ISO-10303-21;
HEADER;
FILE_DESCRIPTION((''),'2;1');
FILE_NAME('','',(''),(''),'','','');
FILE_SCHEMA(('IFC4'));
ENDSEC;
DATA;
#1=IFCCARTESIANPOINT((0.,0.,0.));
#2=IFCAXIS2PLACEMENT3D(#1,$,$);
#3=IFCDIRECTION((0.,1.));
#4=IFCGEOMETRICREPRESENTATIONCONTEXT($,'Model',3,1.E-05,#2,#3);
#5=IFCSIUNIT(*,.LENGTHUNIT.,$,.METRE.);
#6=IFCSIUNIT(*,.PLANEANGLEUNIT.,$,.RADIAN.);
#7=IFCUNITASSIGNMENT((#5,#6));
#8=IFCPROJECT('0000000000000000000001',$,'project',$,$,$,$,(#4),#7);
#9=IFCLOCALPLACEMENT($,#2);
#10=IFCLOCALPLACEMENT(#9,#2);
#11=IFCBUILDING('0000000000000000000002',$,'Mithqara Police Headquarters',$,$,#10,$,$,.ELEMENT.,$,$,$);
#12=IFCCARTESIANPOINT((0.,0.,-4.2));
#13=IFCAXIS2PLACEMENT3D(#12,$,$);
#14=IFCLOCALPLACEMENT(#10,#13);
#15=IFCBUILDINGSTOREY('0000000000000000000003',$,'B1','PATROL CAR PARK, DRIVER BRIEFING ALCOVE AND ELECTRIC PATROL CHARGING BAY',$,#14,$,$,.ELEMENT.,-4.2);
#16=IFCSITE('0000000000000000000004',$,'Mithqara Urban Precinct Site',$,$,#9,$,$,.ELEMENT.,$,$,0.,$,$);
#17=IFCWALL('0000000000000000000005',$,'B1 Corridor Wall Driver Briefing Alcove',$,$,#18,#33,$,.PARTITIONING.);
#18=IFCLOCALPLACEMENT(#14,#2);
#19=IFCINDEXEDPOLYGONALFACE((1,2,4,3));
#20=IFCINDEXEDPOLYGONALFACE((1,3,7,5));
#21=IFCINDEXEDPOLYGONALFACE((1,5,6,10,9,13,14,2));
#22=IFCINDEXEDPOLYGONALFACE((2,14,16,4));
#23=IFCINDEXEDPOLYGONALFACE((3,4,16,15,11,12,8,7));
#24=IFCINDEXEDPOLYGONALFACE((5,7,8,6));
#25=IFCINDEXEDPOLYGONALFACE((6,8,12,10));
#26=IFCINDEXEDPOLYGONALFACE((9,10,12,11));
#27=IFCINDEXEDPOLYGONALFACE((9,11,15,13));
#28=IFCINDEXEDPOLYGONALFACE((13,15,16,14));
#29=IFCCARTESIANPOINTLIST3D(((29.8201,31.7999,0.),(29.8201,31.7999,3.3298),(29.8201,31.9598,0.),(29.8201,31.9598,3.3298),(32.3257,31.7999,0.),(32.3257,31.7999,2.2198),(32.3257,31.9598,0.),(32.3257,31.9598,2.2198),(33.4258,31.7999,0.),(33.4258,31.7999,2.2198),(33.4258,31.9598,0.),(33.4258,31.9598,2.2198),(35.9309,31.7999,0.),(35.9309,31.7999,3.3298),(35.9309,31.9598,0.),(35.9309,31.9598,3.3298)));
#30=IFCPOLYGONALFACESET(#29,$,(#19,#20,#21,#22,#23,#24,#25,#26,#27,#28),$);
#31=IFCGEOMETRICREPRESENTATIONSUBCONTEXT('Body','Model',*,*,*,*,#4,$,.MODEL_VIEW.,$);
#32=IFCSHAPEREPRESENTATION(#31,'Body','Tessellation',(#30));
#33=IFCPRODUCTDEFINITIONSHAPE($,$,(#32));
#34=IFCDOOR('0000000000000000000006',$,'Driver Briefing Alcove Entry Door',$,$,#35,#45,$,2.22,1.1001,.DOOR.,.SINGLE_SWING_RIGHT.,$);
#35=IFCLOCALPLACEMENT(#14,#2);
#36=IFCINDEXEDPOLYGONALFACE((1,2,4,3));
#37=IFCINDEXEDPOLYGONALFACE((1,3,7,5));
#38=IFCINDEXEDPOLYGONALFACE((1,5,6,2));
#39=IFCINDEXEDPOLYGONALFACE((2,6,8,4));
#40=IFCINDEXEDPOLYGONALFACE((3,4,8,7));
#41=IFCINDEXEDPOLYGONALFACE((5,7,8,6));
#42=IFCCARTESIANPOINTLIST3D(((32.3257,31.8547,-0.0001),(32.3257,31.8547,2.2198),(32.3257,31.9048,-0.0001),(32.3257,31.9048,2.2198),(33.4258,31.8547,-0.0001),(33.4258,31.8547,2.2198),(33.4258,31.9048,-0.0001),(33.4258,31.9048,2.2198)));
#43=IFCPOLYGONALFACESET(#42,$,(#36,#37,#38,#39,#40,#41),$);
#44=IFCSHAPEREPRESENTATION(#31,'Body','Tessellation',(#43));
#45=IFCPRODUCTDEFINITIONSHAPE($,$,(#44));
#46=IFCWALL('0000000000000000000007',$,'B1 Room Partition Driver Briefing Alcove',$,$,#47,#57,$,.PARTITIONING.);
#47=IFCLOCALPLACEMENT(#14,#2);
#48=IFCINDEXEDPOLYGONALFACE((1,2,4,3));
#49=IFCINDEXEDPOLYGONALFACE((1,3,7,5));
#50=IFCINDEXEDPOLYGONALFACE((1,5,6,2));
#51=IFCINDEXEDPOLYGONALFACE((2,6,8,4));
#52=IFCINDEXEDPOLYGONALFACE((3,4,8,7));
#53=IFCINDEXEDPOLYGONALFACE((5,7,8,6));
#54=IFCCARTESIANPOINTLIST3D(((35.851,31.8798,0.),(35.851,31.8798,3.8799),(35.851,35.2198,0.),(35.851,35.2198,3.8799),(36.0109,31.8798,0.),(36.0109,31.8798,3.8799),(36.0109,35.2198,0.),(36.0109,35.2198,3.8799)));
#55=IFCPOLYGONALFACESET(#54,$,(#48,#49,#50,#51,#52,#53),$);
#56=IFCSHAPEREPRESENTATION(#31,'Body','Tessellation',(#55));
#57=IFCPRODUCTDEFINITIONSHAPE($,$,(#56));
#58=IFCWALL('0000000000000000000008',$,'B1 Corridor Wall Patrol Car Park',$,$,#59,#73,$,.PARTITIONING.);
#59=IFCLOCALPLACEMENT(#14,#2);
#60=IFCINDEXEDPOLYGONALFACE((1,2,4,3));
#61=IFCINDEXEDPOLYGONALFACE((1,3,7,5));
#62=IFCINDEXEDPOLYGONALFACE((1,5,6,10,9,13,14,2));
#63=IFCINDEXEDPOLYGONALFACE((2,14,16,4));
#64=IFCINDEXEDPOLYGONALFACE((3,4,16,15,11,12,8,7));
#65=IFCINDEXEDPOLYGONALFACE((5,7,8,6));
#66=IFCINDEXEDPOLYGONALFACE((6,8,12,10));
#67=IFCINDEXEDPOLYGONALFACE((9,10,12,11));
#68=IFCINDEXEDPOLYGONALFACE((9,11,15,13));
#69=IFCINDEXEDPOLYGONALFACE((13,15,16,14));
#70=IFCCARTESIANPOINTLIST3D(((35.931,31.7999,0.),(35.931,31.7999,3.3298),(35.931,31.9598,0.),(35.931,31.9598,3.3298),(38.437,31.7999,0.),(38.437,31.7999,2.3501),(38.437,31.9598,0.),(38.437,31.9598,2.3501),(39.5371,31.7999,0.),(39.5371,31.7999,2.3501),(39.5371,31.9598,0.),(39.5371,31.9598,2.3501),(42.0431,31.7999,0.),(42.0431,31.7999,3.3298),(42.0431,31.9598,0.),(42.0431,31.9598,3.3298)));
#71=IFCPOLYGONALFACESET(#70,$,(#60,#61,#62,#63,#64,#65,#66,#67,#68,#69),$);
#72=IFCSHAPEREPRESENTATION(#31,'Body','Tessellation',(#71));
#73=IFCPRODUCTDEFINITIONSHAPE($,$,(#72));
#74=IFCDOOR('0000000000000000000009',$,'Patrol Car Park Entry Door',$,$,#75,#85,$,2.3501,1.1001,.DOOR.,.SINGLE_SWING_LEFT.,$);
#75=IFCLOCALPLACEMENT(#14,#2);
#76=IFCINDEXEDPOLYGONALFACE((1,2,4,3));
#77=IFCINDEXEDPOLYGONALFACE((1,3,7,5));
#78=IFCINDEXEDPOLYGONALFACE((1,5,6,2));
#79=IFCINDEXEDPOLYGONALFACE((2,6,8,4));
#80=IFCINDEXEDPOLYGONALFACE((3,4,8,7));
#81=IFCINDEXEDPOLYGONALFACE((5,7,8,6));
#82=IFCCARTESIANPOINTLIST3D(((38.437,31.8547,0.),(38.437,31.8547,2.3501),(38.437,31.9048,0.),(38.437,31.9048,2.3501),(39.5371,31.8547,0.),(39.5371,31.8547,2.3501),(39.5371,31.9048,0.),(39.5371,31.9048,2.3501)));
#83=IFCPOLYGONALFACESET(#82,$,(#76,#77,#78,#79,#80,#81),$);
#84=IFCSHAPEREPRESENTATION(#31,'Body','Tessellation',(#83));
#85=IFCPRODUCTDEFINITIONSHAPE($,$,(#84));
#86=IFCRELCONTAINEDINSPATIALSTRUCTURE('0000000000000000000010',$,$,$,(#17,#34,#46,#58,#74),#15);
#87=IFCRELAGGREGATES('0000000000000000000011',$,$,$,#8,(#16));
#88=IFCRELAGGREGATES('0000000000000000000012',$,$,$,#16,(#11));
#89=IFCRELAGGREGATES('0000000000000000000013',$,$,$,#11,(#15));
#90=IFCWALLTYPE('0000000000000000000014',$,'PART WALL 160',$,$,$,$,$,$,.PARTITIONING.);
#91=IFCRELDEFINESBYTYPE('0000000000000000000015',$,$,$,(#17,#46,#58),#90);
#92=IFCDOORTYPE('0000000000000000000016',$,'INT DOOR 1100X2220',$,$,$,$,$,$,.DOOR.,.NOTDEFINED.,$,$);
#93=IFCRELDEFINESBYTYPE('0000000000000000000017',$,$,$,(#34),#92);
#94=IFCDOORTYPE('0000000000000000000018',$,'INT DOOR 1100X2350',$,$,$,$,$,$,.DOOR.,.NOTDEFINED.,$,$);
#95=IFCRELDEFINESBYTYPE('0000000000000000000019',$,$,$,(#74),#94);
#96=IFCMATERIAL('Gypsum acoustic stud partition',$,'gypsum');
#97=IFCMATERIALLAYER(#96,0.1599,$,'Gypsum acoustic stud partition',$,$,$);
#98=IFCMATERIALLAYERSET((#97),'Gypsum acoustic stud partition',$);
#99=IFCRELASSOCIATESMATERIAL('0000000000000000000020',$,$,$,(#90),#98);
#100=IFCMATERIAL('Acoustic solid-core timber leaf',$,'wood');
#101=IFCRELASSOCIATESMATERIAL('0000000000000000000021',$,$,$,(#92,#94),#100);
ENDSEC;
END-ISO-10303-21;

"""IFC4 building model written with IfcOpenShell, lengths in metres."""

from ifc_helpers import new_model, si_unit, direction, frame, frame_2d, origin, place, context, subcontext, project, spatial, rectangle, extrude, material, layer, layer_set, type_object, element, fill, save


model = new_model("IFC4")

# Units and contexts
model_context = context("Model", 3, precision=1e-05, world=origin(), true_north=direction((0.0, 1.0)))
body_context = subcontext(model_context, "Body", "Model", "MODEL_VIEW")
ifc_project = project(units=[si_unit("LENGTHUNIT", "METRE"), si_unit("PLANEANGLEUNIT", "RADIAN")], contexts=[model_context])

# Site, building, storey
site_placement = place(None, origin())
site = spatial("IfcSite", under=ifc_project, at=site_placement, Name="Mithqara Urban Precinct Site", CompositionType="ELEMENT", RefElevation=0.0)
building_placement = place(site_placement, origin())
building = spatial("IfcBuilding", under=site, at=building_placement, Name="Mithqara Police Headquarters", CompositionType="ELEMENT")
storey_placement = place(building_placement, frame((0.0, 0.0, -4.2)))
storey = spatial("IfcBuildingStorey", under=building, at=storey_placement, Name="B1", Description="PATROL CAR PARK, DRIVER BRIEFING ALCOVE AND ELECTRIC PATROL CHARGING BAY", CompositionType="ELEMENT", Elevation=-4.2)

# Wall, opening, door
ifc_material_1 = material(Name="Gypsum acoustic stud partition", Category="gypsum")
ifc_layer = layer(ifc_material_1, 0.1599, Name="Gypsum acoustic stud partition")
ifc_layer_set = layer_set([ifc_layer], Name="Gypsum acoustic stud partition")
wall_type = type_object("IfcWallType", Name="PART WALL 160", PredefinedType="PARTITIONING", material=ifc_layer_set)
wall_1_placement = place(storey_placement, frame((29.8201, 31.8799, 0.0), z_axis=(0.0, 0.0, 1.0), x_axis=(1.0, 0.0, 0.0)))
wall_1 = element("IfcWall", 1, at=wall_1_placement, inside=storey, type_object=wall_type, Name="B1 Corridor Wall Driver Briefing Alcove", PredefinedType="PARTITIONING", context=body_context, shape_type="SweptSolid", body=[
    extrude(rectangle(XDim=6.1108, YDim=0.1599, at=frame_2d((3.0554, 0.0))), origin(), (0.0, 0.0, 1.0), 3.3298),
])
opening_1_placement = place(wall_1_placement, frame((2.5056, 0.0, 0.0)))
opening_1 = element("IfcOpeningElement", 2, at=opening_1_placement, cuts=wall_1, PredefinedType="OPENING", context=body_context, shape_type="SweptSolid", body=[
    extrude(rectangle(XDim=1.1001, YDim=2.22, at=frame_2d((0.55, 1.1099))), frame((0.0, 0.0898, 0.0), z_axis=(0.0, -1.0, 0.0), x_axis=(1.0, 0.0, 0.0)), (0.0, 0.0, 1.0), 0.1799),
])
ifc_material_2 = material(Name="Acoustic solid-core timber leaf", Category="wood")
door_type_1 = type_object("IfcDoorType", Name="INT DOOR 1100X2220", OperationType="NOTDEFINED", PredefinedType="DOOR", material=ifc_material_2)
door_1_placement = place(opening_1_placement, origin())
door_1 = element("IfcDoor", 3, at=door_1_placement, inside=storey, type_object=door_type_1, Name="Driver Briefing Alcove Entry Door", OperationType="SINGLE_SWING_RIGHT", OverallHeight=2.22, OverallWidth=1.1001, PredefinedType="DOOR", context=body_context, shape_type="SweptSolid", body=[
    extrude(rectangle(XDim=1.1001, YDim=2.22, at=frame_2d((0.55, 1.1099))), frame((0.0, 0.0249, 0.0), z_axis=(0.0, -1.0, 0.0), x_axis=(1.0, 0.0, 0.0)), (0.0, 0.0, 1.0), 0.05),
])
fill(opening_1, door_1)

# Wall
wall_2_placement = place(storey_placement, frame((35.9309, 31.8799, 0.0), z_axis=(0.0, 0.0, 1.0), x_axis=(0.0, 1.0, 0.0)))
element("IfcWall", 4, at=wall_2_placement, inside=storey, type_object=wall_type, Name="B1 Room Partition Driver Briefing Alcove", PredefinedType="PARTITIONING", context=body_context, shape_type="SweptSolid", body=[
    extrude(rectangle(XDim=3.3401, YDim=0.1599, at=frame_2d((1.6699, 0.0))), origin(), (0.0, 0.0, 1.0), 3.8799),
])

# Wall, opening, door
wall_3_placement = place(storey_placement, frame((35.9309, 31.8799, 0.0), z_axis=(0.0, 0.0, 1.0), x_axis=(1.0, 0.0, 0.0)))
wall_3 = element("IfcWall", 5, at=wall_3_placement, inside=storey, type_object=wall_type, Name="B1 Corridor Wall Patrol Car Park", PredefinedType="PARTITIONING", context=body_context, shape_type="SweptSolid", body=[
    extrude(rectangle(XDim=6.1121, YDim=0.1599, at=frame_2d((3.0562, 0.0))), origin(), (0.0, 0.0, 1.0), 3.3298),
])
opening_2_placement = place(wall_3_placement, frame((2.5061, 0.0, 0.0)))
opening_2 = element("IfcOpeningElement", 6, at=opening_2_placement, cuts=wall_3, PredefinedType="OPENING", context=body_context, shape_type="SweptSolid", body=[
    extrude(rectangle(XDim=1.1001, YDim=2.3501, at=frame_2d((0.55, 1.175))), frame((0.0, 0.0898, 0.0), z_axis=(0.0, -1.0, 0.0), x_axis=(1.0, 0.0, 0.0)), (0.0, 0.0, 1.0), 0.1799),
])
door_type_2 = type_object("IfcDoorType", Name="INT DOOR 1100X2350", OperationType="NOTDEFINED", PredefinedType="DOOR", material=ifc_material_2)
door_2_placement = place(opening_2_placement, origin())
door_2 = element("IfcDoor", 7, at=door_2_placement, inside=storey, type_object=door_type_2, Name="Patrol Car Park Entry Door", OperationType="SINGLE_SWING_LEFT", OverallHeight=2.3501, OverallWidth=1.1001, PredefinedType="DOOR", context=body_context, shape_type="SweptSolid", body=[
    extrude(rectangle(XDim=1.1001, YDim=2.3501, at=frame_2d((0.55, 1.175))), frame((0.0, 0.0249, 0.0), z_axis=(0.0, -1.0, 0.0), x_axis=(1.0, 0.0, 0.0)), (0.0, 0.0, 1.0), 0.05),
])
fill(opening_2, door_2)

save(model, "model.ifc")
